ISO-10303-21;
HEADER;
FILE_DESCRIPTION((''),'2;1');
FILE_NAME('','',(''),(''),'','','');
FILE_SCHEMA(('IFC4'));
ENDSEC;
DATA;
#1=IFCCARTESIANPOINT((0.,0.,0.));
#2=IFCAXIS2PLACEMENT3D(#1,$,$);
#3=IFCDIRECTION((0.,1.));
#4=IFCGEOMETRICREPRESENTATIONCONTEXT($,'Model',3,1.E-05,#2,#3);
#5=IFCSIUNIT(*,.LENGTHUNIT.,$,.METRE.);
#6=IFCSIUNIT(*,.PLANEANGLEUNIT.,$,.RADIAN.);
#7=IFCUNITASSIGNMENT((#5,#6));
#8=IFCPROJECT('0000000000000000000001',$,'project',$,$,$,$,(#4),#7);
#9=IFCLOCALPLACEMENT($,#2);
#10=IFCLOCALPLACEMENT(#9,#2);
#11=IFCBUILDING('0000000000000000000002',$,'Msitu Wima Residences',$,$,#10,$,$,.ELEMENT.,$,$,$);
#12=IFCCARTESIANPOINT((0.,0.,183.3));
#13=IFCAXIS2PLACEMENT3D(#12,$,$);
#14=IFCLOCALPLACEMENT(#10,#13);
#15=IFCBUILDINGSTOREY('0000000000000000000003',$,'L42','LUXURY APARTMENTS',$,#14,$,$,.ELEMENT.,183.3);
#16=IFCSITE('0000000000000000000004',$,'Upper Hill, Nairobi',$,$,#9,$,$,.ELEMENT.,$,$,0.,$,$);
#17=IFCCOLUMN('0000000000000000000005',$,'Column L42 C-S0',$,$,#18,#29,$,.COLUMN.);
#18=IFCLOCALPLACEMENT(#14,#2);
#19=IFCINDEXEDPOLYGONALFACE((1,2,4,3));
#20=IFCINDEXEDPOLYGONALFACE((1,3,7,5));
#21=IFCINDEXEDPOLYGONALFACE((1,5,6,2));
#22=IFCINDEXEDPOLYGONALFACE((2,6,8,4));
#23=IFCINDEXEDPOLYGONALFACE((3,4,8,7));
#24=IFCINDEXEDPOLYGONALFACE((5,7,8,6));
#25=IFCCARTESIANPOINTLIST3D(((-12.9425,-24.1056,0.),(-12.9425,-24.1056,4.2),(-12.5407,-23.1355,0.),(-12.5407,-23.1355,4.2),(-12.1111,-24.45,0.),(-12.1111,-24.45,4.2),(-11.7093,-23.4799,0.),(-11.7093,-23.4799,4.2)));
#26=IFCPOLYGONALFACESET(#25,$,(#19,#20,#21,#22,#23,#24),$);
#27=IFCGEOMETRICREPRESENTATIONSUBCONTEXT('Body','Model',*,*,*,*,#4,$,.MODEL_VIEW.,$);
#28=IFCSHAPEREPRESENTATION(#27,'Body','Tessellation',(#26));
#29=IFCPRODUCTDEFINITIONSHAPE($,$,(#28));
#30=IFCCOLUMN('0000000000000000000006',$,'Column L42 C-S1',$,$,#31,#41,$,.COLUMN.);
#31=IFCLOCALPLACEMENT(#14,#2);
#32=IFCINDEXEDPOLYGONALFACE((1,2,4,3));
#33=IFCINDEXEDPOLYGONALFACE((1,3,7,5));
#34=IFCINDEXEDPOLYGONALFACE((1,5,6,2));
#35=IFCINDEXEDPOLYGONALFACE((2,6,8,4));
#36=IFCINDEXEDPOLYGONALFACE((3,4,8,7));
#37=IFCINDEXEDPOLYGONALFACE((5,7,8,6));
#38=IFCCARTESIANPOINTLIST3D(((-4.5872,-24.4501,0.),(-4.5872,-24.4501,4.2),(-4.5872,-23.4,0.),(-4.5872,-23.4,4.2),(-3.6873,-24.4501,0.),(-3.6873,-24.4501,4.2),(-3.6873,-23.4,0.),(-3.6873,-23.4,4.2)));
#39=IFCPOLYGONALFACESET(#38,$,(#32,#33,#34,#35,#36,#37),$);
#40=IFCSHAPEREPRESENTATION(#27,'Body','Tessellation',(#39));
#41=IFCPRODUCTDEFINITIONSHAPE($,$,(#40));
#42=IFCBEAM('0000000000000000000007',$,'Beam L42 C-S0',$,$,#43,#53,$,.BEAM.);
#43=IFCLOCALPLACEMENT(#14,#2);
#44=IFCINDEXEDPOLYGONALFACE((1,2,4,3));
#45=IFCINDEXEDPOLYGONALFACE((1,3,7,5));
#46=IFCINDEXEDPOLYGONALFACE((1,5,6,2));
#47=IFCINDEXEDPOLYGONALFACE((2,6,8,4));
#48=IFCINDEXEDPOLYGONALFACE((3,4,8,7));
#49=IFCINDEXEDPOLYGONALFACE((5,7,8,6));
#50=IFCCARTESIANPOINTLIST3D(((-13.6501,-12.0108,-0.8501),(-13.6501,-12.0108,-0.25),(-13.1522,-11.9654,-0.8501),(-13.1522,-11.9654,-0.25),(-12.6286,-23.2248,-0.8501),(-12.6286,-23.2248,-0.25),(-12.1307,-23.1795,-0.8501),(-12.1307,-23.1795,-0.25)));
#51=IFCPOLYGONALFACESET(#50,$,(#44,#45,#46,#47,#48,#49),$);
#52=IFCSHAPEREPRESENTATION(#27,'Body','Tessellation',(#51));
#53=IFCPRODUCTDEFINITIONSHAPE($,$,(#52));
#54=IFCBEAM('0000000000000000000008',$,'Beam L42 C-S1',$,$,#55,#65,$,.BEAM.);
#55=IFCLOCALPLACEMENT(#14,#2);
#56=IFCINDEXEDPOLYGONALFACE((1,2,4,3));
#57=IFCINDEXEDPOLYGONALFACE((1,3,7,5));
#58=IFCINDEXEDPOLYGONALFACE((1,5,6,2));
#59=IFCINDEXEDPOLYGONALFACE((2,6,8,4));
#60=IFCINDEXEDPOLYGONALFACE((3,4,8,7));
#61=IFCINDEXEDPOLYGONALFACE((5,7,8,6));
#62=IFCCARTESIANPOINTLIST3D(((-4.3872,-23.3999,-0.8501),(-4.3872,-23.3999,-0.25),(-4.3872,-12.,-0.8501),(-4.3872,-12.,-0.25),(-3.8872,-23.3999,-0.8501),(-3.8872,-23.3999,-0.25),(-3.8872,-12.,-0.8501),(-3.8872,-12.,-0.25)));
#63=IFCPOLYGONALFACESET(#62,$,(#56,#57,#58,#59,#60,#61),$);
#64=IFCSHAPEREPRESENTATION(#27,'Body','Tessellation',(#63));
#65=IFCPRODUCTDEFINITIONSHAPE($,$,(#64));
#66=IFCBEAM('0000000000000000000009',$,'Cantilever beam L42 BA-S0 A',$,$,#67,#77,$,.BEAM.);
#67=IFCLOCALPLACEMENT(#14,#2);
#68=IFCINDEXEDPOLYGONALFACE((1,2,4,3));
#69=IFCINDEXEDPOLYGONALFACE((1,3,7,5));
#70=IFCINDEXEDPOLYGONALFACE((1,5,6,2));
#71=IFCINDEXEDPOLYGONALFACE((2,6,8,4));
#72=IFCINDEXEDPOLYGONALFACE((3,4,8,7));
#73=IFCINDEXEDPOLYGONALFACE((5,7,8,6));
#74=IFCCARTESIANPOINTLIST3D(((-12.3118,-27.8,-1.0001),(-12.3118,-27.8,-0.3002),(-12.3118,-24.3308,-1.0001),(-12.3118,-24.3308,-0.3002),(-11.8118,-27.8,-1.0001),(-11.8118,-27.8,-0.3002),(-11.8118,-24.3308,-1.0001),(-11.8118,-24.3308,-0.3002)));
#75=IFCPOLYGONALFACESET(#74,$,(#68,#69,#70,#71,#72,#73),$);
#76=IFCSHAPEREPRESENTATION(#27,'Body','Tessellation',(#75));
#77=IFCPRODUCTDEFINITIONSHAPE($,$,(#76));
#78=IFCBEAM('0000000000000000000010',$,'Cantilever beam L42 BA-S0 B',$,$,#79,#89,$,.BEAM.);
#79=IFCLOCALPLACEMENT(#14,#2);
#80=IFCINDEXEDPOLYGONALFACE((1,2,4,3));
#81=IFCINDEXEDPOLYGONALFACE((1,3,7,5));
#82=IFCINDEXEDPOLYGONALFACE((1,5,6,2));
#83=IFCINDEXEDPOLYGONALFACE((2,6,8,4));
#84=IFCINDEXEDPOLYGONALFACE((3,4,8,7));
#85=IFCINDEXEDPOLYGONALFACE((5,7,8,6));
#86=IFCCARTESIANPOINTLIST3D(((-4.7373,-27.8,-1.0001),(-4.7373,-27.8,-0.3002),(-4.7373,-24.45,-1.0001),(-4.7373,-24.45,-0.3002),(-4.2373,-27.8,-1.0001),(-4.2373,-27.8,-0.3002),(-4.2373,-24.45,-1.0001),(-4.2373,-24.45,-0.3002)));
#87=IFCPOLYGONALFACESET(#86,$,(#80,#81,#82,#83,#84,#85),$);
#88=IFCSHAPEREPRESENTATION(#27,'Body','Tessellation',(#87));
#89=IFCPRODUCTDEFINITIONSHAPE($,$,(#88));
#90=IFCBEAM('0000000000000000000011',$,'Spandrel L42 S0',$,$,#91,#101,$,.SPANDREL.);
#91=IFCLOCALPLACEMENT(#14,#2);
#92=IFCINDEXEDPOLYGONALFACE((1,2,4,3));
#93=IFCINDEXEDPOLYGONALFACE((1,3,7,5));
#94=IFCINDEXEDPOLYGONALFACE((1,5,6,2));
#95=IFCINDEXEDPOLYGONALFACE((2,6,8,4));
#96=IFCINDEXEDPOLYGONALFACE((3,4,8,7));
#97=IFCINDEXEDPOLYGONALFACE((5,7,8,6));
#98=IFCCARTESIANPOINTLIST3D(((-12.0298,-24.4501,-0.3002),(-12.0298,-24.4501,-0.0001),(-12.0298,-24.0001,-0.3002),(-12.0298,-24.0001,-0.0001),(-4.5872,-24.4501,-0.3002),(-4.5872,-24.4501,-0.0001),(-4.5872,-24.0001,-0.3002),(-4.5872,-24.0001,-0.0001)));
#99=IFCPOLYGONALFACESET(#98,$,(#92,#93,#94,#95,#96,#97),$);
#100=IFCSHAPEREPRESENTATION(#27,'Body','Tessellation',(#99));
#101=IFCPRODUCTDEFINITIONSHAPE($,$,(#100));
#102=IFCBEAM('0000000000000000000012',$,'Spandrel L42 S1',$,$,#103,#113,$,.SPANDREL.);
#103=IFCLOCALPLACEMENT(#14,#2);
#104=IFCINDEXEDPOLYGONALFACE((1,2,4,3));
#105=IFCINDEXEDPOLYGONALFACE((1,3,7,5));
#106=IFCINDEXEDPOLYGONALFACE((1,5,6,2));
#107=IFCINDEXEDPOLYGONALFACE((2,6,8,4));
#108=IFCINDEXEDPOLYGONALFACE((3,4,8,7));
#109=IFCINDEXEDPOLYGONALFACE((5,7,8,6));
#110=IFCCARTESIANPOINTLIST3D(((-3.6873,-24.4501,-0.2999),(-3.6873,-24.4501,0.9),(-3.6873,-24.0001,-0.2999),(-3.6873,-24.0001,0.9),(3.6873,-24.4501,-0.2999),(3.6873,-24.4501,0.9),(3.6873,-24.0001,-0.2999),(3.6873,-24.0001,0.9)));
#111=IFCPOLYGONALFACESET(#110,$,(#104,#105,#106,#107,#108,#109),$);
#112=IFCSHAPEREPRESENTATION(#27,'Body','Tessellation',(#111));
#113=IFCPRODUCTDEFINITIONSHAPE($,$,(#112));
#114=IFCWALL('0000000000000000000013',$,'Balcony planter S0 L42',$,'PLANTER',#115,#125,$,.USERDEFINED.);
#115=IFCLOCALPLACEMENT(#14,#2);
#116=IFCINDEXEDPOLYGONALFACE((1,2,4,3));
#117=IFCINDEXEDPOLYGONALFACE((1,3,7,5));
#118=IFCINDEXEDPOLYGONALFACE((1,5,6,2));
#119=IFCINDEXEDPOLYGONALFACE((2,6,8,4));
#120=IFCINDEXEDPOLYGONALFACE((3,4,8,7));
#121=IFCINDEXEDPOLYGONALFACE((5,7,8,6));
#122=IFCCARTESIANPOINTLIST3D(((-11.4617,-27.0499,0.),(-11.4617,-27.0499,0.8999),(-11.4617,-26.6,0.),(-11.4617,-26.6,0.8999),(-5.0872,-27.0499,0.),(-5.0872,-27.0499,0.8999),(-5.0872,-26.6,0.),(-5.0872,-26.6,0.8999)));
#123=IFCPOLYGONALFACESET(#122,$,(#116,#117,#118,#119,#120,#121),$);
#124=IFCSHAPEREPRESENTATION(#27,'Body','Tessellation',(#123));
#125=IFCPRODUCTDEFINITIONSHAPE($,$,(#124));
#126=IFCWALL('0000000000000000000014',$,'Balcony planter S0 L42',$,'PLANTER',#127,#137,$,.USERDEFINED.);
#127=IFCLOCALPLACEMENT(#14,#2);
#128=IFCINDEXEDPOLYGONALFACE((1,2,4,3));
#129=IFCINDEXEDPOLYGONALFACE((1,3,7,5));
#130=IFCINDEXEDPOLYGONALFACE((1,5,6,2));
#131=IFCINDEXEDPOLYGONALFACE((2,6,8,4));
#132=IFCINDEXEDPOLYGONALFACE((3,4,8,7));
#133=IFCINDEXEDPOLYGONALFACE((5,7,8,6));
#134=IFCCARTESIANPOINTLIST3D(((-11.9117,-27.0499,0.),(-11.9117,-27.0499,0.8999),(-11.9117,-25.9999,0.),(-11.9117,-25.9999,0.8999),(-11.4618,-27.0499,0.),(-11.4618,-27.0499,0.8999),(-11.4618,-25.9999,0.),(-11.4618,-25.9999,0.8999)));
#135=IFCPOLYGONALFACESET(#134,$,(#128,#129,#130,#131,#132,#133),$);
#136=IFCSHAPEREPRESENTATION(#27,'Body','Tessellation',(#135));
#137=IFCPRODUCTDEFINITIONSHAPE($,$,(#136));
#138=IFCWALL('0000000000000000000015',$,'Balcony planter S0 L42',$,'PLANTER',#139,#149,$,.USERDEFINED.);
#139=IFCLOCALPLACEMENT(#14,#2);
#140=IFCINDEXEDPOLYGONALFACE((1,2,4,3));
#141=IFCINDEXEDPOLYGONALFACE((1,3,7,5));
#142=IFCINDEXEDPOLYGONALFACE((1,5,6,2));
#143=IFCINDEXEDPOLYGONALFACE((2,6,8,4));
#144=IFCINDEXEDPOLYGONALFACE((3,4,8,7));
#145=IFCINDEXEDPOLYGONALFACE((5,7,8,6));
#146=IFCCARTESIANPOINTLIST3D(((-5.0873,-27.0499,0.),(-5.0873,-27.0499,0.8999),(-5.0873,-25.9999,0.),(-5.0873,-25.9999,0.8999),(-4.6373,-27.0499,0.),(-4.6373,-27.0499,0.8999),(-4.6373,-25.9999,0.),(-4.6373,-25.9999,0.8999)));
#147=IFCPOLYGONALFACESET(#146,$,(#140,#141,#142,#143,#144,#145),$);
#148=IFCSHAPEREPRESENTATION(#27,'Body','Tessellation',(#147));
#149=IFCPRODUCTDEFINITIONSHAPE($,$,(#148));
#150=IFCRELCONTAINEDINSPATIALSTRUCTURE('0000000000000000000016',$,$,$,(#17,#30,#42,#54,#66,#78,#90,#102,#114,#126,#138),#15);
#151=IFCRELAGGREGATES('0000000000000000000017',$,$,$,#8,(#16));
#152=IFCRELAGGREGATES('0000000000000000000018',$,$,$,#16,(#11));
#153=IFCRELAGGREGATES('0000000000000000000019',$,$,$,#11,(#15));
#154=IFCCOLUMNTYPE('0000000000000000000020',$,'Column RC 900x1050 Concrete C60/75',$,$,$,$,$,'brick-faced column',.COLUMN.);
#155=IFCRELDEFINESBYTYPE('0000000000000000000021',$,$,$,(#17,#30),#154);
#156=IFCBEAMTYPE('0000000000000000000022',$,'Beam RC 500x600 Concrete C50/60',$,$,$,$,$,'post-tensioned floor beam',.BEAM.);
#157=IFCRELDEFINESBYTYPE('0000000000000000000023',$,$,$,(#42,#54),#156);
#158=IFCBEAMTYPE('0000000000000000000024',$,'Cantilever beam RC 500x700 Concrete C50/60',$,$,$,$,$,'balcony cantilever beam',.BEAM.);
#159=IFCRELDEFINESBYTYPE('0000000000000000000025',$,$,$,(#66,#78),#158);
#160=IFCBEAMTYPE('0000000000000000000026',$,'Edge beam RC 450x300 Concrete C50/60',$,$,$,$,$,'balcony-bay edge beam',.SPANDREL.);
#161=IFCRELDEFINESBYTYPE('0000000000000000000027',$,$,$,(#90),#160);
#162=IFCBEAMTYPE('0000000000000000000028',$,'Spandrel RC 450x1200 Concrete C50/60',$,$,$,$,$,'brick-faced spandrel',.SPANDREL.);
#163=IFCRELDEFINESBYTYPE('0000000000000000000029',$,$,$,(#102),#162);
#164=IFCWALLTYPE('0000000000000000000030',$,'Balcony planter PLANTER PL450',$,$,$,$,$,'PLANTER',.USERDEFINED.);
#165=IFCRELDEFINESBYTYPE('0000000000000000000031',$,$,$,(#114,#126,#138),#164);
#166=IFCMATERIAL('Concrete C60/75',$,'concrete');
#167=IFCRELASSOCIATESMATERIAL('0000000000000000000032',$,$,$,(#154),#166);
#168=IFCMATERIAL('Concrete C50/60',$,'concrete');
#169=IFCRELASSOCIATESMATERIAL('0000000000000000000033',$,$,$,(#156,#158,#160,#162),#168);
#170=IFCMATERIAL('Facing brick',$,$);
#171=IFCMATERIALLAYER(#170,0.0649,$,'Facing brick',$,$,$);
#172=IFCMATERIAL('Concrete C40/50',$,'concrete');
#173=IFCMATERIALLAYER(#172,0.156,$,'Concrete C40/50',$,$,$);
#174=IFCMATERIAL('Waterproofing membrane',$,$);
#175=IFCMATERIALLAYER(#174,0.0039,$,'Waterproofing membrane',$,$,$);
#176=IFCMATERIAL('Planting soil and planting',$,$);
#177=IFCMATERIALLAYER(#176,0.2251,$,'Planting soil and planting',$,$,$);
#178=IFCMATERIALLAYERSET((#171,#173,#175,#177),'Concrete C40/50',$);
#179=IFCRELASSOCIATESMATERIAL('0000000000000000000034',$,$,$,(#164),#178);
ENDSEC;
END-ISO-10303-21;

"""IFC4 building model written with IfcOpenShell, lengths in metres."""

from ifc_helpers import new_model, si_unit, direction, frame, frame_2d, origin, origin_2d, place, context, subcontext, project, spatial, rectangle, extrude, material, layer, layer_set, material_profile, profile_set, type_object, element, save


model = new_model("IFC4")

# Units and contexts
model_context = context("Model", 3, precision=1e-05, world=origin(), true_north=direction((0.0, 1.0)))
body_context = subcontext(model_context, "Body", "Model", "MODEL_VIEW")
ifc_project = project(units=[si_unit("LENGTHUNIT", "METRE"), si_unit("PLANEANGLEUNIT", "RADIAN")], contexts=[model_context])

# Site, building, storey
site_placement = place(None, origin())
site = spatial("IfcSite", under=ifc_project, at=site_placement, Name="Upper Hill, Nairobi", CompositionType="ELEMENT", RefElevation=0.0)
building_placement = place(site_placement, origin())
building = spatial("IfcBuilding", under=site, at=building_placement, Name="Msitu Wima Residences", CompositionType="ELEMENT")
storey_placement = place(building_placement, frame((0.0, 0.0, 183.3)))
storey = spatial("IfcBuildingStorey", under=building, at=storey_placement, Name="L42", Description="LUXURY APARTMENTS", CompositionType="ELEMENT", Elevation=183.3)

# Columns
ifc_material_1 = material(Name="Concrete C60/75", Category="concrete")
ifc_material_profile_1 = material_profile(ifc_material_1, rectangle(XDim=0.8999, YDim=1.05, at=origin_2d()), Name="RC 900x1050")
ifc_profile_set_1 = profile_set([ifc_material_profile_1], Name="Concrete C60/75")
column_type = type_object("IfcColumnType", Name="Column RC 900x1050 Concrete C60/75", ElementType="brick-faced column", PredefinedType="COLUMN", material=ifc_profile_set_1)
for number, where, z_axis, x_axis, name in (
    (1, (-12.3259, -23.7927, 0.0), (0.0, 0.0, 1.0), (0.92388, -0.382683, 0.0), "Column L42 C-S0"),
    (2, (-4.1372, -23.925, 0.0), (0.0, 0.0, 1.0), (1.0, 0.0, 0.0), "Column L42 C-S1"),
):
    element("IfcColumn", number, at=place(storey_placement, frame(where, z_axis=z_axis, x_axis=x_axis)), inside=storey, type_object=column_type, Name=name, PredefinedType="COLUMN", context=body_context, shape_type="SweptSolid", body=[
        extrude(rectangle(XDim=0.8999, YDim=1.05, at=origin_2d()), origin(), (0.0, 0.0, 1.0), 4.2),
    ])

# Beams
ifc_material_2 = material(Name="Concrete C50/60", Category="concrete")
ifc_material_profile_2 = material_profile(ifc_material_2, rectangle(XDim=0.5, YDim=0.6001, at=origin_2d()), Name="RC 500x600")
ifc_profile_set_2 = profile_set([ifc_material_profile_2], Name="Concrete C50/60")
beam_type_1 = type_object("IfcBeamType", Name="Beam RC 500x600 Concrete C50/60", ElementType="post-tensioned floor beam", PredefinedType="BEAM", material=ifc_profile_set_2)
beam_1_placement = place(storey_placement, frame((-12.3796, -23.2021, -0.55), z_axis=(-0.090714, 0.995877, 0.0), x_axis=(-0.995877, -0.090714, 0.0)))
element("IfcBeam", 3, at=beam_1_placement, inside=storey, type_object=beam_type_1, Name="Beam L42 C-S0", PredefinedType="BEAM", context=body_context, shape_type="SweptSolid", body=[
    extrude(rectangle(XDim=0.5, YDim=0.6001, at=origin_2d()), origin(), (0.0, 0.0, 1.0), 11.2605),
])
beam_2_placement = place(storey_placement, frame((-4.1372, -23.3999, -0.55), z_axis=(0.0, 1.0, 0.0), x_axis=(-1.0, 0.0, 0.0)))
element("IfcBeam", 4, at=beam_2_placement, inside=storey, type_object=beam_type_1, Name="Beam L42 C-S1", PredefinedType="BEAM", context=body_context, shape_type="SweptSolid", body=[
    extrude(rectangle(XDim=0.5, YDim=0.6001, at=origin_2d()), origin(), (0.0, 0.0, 1.0), 11.3999),
])
ifc_material_profile_3 = material_profile(ifc_material_2, rectangle(XDim=0.5, YDim=0.7, at=origin_2d()), Name="RC 500x700")
ifc_profile_set_3 = profile_set([ifc_material_profile_3], Name="Concrete C50/60")
beam_type_2 = type_object("IfcBeamType", Name="Cantilever beam RC 500x700 Concrete C50/60", ElementType="balcony cantilever beam", PredefinedType="BEAM", material=ifc_profile_set_3)
beam_3_placement = place(storey_placement, frame((-12.0618, -24.3308, -0.6501), z_axis=(0.0, -1.0, 0.0), x_axis=(1.0, 0.0, 0.0)))
element("IfcBeam", 5, at=beam_3_placement, inside=storey, type_object=beam_type_2, Name="Cantilever beam L42 BA-S0 A", PredefinedType="BEAM", context=body_context, shape_type="SweptSolid", body=[
    extrude(rectangle(XDim=0.5, YDim=0.7, at=origin_2d()), origin(), (0.0, 0.0, 1.0), 3.4692),
])
beam_4_placement = place(storey_placement, frame((-4.4873, -24.45, -0.6501), z_axis=(0.0, -1.0, 0.0), x_axis=(1.0, 0.0, 0.0)))
element("IfcBeam", 6, at=beam_4_placement, inside=storey, type_object=beam_type_2, Name="Cantilever beam L42 BA-S0 B", PredefinedType="BEAM", context=body_context, shape_type="SweptSolid", body=[
    extrude(rectangle(XDim=0.5, YDim=0.7, at=origin_2d()), origin(), (0.0, 0.0, 1.0), 3.3501),
])
ifc_material_profile_4 = material_profile(ifc_material_2, rectangle(XDim=0.45, YDim=0.3, at=origin_2d()), Name="RC 450x300")
ifc_profile_set_4 = profile_set([ifc_material_profile_4], Name="Concrete C50/60")
beam_type_3 = type_object("IfcBeamType", Name="Edge beam RC 450x300 Concrete C50/60", ElementType="balcony-bay edge beam", PredefinedType="SPANDREL", material=ifc_profile_set_4)
beam_5_placement = place(storey_placement, frame((-12.0298, -24.2251, -0.1501), z_axis=(1.0, 0.0, 0.0), x_axis=(0.0, 1.0, 0.0)))
element("IfcBeam", 7, at=beam_5_placement, inside=storey, type_object=beam_type_3, Name="Spandrel L42 S0", PredefinedType="SPANDREL", context=body_context, shape_type="SweptSolid", body=[
    extrude(rectangle(XDim=0.45, YDim=0.3, at=origin_2d()), origin(), (0.0, 0.0, 1.0), 7.4426),
])
ifc_material_profile_5 = material_profile(ifc_material_2, rectangle(XDim=0.45, YDim=1.2, at=origin_2d()), Name="RC 450x1200")
ifc_profile_set_5 = profile_set([ifc_material_profile_5], Name="Concrete C50/60")
beam_type_4 = type_object("IfcBeamType", Name="Spandrel RC 450x1200 Concrete C50/60", ElementType="brick-faced spandrel", PredefinedType="SPANDREL", material=ifc_profile_set_5)
beam_6_placement = place(storey_placement, frame((-3.6873, -24.2251, 0.3), z_axis=(1.0, 0.0, 0.0), x_axis=(0.0, 1.0, 0.0)))
element("IfcBeam", 8, at=beam_6_placement, inside=storey, type_object=beam_type_4, Name="Spandrel L42 S1", PredefinedType="SPANDREL", context=body_context, shape_type="SweptSolid", body=[
    extrude(rectangle(XDim=0.45, YDim=1.2, at=origin_2d()), origin(), (0.0, 0.0, 1.0), 7.3745),
])

# Walls
ifc_material_3 = material(Name="Facing brick")
ifc_layer_1 = layer(ifc_material_3, 0.0649, Name="Facing brick")
ifc_material_4 = material(Name="Concrete C40/50", Category="concrete")
ifc_layer_2 = layer(ifc_material_4, 0.156, Name="Concrete C40/50")
ifc_material_5 = material(Name="Waterproofing membrane")
ifc_layer_3 = layer(ifc_material_5, 0.0039, Name="Waterproofing membrane")
ifc_material_6 = material(Name="Planting soil and planting")
ifc_layer_4 = layer(ifc_material_6, 0.2251, Name="Planting soil and planting")
ifc_layer_set_1 = layer_set([ifc_layer_1, ifc_layer_2, ifc_layer_3, ifc_layer_4], Name="Concrete C40/50")
wall_type_1 = type_object("IfcWallType", Name="Balcony planter PLANTER PL450", ElementType="PLANTER", PredefinedType="USERDEFINED", material=ifc_layer_set_1)
wall_1_placement = place(storey_placement, frame((-11.4617, -26.825, 0.0), z_axis=(0.0, 0.0, 1.0), x_axis=(1.0, 0.0, 0.0)))
element("IfcWall", 9, at=wall_1_placement, inside=storey, type_object=wall_type_1, Name="Balcony planter S0 L42", ObjectType="PLANTER", PredefinedType="USERDEFINED", context=body_context, shape_type="SweptSolid", body=[
    extrude(rectangle(XDim=6.3745, YDim=0.45, at=frame_2d((3.1873, 0.0))), origin(), (0.0, 0.0, 1.0), 0.8999),
])
for number, where, z_axis, x_axis, name in (
    (10, (-11.6868, -26.0, 0.0), (0.0, 0.0, 1.0), (0.0, -1.0, 0.0), "Balcony planter S0 L42"),
    (11, (-4.8623, -26.0, 0.0), (0.0, 0.0, 1.0), (0.0, -1.0, 0.0), "Balcony planter S0 L42"),
):
    element("IfcWall", number, at=place(storey_placement, frame(where, z_axis=z_axis, x_axis=x_axis)), inside=storey, type_object=wall_type_1, Name=name, ObjectType="PLANTER", PredefinedType="USERDEFINED", context=body_context, shape_type="SweptSolid", body=[
        extrude(rectangle(XDim=1.05, YDim=0.45, at=frame_2d((0.5249, 0.0))), origin(), (0.0, 0.0, 1.0), 0.8999),
    ])

save(model, "model.ifc")
